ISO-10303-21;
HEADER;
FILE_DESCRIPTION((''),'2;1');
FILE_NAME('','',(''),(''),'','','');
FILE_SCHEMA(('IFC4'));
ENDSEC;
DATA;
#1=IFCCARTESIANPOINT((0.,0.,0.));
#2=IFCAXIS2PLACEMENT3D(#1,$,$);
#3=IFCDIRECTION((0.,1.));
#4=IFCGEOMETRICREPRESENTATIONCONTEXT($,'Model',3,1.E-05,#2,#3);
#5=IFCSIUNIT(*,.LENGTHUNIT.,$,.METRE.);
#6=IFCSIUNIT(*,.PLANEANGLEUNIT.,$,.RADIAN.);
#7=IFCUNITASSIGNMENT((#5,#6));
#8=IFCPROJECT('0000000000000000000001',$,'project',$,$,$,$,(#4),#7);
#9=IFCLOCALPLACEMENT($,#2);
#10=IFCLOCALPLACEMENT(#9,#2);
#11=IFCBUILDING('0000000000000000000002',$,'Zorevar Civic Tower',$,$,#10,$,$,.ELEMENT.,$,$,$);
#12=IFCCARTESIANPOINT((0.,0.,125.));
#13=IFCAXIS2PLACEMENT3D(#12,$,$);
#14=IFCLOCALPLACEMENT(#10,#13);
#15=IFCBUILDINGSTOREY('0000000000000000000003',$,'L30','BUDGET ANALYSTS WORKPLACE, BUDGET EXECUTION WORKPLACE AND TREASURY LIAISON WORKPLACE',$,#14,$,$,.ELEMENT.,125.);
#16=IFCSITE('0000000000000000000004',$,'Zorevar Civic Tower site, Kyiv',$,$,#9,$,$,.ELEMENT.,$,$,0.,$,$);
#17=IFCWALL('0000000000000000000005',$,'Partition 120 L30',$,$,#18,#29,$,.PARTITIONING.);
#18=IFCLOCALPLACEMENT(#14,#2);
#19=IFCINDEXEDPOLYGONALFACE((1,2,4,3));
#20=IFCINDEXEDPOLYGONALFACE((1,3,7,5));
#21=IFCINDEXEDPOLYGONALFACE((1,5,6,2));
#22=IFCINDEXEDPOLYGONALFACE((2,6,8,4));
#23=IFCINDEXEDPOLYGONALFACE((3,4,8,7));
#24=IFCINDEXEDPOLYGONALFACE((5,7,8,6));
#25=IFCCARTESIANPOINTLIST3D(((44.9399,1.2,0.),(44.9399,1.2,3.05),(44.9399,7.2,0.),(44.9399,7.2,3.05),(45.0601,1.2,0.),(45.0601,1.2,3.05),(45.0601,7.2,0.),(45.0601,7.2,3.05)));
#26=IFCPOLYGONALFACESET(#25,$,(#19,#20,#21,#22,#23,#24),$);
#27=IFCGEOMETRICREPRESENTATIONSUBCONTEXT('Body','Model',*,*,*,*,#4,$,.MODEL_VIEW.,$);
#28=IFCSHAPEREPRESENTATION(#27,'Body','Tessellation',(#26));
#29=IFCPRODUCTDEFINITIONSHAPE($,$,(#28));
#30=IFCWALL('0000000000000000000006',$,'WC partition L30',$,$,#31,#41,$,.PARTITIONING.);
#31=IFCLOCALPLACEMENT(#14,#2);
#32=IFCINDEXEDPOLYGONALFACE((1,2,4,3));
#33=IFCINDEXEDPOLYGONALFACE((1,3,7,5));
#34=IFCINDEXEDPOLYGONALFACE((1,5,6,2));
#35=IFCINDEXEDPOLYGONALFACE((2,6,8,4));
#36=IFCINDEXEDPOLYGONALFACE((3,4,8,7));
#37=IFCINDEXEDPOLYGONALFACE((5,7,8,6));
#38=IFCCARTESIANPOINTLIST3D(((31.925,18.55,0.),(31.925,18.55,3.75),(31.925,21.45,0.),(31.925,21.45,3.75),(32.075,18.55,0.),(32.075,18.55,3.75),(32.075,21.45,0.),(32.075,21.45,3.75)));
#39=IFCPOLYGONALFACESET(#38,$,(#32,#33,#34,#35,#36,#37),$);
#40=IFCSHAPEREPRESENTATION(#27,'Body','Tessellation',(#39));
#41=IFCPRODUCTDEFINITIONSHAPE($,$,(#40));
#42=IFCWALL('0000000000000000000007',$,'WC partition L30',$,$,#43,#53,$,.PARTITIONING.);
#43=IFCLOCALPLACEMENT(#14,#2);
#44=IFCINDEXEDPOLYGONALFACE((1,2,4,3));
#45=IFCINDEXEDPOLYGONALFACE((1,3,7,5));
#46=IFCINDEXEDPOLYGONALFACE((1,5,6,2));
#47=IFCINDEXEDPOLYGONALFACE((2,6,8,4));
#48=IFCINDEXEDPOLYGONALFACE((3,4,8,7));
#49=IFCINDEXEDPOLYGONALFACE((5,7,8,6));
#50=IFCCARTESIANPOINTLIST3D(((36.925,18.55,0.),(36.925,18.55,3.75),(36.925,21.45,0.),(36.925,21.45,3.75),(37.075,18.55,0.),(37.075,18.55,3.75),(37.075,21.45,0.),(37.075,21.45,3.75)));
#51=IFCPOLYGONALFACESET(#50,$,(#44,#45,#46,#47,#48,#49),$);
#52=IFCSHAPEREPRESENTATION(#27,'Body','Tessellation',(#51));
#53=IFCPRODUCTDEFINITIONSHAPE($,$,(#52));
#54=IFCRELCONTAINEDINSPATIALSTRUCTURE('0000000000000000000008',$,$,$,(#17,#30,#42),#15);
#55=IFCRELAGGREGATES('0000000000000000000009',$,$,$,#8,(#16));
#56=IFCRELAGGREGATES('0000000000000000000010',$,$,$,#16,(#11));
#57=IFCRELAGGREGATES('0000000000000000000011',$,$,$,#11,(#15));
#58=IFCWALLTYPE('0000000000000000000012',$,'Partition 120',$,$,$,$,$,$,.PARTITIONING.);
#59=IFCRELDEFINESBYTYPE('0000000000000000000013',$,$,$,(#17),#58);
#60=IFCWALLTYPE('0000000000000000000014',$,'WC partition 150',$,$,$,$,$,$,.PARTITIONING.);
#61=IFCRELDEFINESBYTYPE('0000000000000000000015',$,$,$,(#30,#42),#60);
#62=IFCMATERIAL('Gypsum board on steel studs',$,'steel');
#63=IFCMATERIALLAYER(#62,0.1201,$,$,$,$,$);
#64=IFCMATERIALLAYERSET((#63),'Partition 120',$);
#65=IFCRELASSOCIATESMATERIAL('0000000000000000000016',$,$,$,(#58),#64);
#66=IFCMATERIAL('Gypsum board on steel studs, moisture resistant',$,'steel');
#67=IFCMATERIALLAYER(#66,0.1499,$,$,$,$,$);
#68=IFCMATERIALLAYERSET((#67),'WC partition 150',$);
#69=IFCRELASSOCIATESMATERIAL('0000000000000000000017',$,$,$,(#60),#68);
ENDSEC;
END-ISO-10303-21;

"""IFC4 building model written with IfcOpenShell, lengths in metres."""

from ifc_helpers import new_model, si_unit, direction, frame, frame_2d, origin, place, context, subcontext, project, spatial, rectangle, extrude, material, layer, layer_set, type_object, element, save


model = new_model("IFC4")

# Units and contexts
model_context = context("Model", 3, precision=1e-05, world=origin(), true_north=direction((0.0, 1.0)))
body_context = subcontext(model_context, "Body", "Model", "MODEL_VIEW")
ifc_project = project(units=[si_unit("LENGTHUNIT", "METRE"), si_unit("PLANEANGLEUNIT", "RADIAN")], contexts=[model_context])

# Site, building, storey
site_placement = place(None, origin())
site = spatial("IfcSite", under=ifc_project, at=site_placement, Name="Zorevar Civic Tower site, Kyiv", CompositionType="ELEMENT", RefElevation=0.0)
building_placement = place(site_placement, origin())
building = spatial("IfcBuilding", under=site, at=building_placement, Name="Zorevar Civic Tower", CompositionType="ELEMENT")
storey_placement = place(building_placement, frame((0.0, 0.0, 125.0)))
storey = spatial("IfcBuildingStorey", under=building, at=storey_placement, Name="L30", Description="BUDGET ANALYSTS WORKPLACE, BUDGET EXECUTION WORKPLACE AND TREASURY LIAISON WORKPLACE", CompositionType="ELEMENT", Elevation=125.0)

# Shared definitions
ifc_material_1 = material(Name="Gypsum board on steel studs", Category="steel")
ifc_layer_1 = layer(ifc_material_1, 0.1201)
ifc_layer_set_1 = layer_set([ifc_layer_1], Name="Partition 120")
wall_type_1 = type_object("IfcWallType", Name="Partition 120", PredefinedType="PARTITIONING", material=ifc_layer_set_1)

# Wall
for number, where, z_axis, x_axis, name in (
    (1, (45.0, 1.2, 0.0), (0.0, 0.0, 1.0), (0.0, 1.0, 0.0), "Partition 120 L30"),
):
    element("IfcWall", number, at=place(storey_placement, frame(where, z_axis=z_axis, x_axis=x_axis)), inside=storey, type_object=wall_type_1, Name=name, PredefinedType="PARTITIONING", context=body_context, shape_type="SweptSolid", body=[
        extrude(rectangle(XDim=6.0, YDim=0.1201, at=frame_2d((3.0, 0.0))), origin(), (0.0, 0.0, 1.0), 3.05),
    ])

# Walls
ifc_material_2 = material(Name="Gypsum board on steel studs, moisture resistant", Category="steel")
ifc_layer_2 = layer(ifc_material_2, 0.1499)
ifc_layer_set_2 = layer_set([ifc_layer_2], Name="WC partition 150")
wall_type_2 = type_object("IfcWallType", Name="WC partition 150", PredefinedType="PARTITIONING", material=ifc_layer_set_2)
for number, where, z_axis, x_axis, name in (
    (2, (32.0, 18.55, 0.0), (0.0, 0.0, 1.0), (0.0, 1.0, 0.0), "WC partition L30"),
    (3, (37.0, 18.55, 0.0), (0.0, 0.0, 1.0), (0.0, 1.0, 0.0), "WC partition L30"),
):
    element("IfcWall", number, at=place(storey_placement, frame(where, z_axis=z_axis, x_axis=x_axis)), inside=storey, type_object=wall_type_2, Name=name, PredefinedType="PARTITIONING", context=body_context, shape_type="SweptSolid", body=[
        extrude(rectangle(XDim=2.8999, YDim=0.1499, at=frame_2d((1.45, 0.0))), origin(), (0.0, 0.0, 1.0), 3.75),
    ])

save(model, "model.ifc")
